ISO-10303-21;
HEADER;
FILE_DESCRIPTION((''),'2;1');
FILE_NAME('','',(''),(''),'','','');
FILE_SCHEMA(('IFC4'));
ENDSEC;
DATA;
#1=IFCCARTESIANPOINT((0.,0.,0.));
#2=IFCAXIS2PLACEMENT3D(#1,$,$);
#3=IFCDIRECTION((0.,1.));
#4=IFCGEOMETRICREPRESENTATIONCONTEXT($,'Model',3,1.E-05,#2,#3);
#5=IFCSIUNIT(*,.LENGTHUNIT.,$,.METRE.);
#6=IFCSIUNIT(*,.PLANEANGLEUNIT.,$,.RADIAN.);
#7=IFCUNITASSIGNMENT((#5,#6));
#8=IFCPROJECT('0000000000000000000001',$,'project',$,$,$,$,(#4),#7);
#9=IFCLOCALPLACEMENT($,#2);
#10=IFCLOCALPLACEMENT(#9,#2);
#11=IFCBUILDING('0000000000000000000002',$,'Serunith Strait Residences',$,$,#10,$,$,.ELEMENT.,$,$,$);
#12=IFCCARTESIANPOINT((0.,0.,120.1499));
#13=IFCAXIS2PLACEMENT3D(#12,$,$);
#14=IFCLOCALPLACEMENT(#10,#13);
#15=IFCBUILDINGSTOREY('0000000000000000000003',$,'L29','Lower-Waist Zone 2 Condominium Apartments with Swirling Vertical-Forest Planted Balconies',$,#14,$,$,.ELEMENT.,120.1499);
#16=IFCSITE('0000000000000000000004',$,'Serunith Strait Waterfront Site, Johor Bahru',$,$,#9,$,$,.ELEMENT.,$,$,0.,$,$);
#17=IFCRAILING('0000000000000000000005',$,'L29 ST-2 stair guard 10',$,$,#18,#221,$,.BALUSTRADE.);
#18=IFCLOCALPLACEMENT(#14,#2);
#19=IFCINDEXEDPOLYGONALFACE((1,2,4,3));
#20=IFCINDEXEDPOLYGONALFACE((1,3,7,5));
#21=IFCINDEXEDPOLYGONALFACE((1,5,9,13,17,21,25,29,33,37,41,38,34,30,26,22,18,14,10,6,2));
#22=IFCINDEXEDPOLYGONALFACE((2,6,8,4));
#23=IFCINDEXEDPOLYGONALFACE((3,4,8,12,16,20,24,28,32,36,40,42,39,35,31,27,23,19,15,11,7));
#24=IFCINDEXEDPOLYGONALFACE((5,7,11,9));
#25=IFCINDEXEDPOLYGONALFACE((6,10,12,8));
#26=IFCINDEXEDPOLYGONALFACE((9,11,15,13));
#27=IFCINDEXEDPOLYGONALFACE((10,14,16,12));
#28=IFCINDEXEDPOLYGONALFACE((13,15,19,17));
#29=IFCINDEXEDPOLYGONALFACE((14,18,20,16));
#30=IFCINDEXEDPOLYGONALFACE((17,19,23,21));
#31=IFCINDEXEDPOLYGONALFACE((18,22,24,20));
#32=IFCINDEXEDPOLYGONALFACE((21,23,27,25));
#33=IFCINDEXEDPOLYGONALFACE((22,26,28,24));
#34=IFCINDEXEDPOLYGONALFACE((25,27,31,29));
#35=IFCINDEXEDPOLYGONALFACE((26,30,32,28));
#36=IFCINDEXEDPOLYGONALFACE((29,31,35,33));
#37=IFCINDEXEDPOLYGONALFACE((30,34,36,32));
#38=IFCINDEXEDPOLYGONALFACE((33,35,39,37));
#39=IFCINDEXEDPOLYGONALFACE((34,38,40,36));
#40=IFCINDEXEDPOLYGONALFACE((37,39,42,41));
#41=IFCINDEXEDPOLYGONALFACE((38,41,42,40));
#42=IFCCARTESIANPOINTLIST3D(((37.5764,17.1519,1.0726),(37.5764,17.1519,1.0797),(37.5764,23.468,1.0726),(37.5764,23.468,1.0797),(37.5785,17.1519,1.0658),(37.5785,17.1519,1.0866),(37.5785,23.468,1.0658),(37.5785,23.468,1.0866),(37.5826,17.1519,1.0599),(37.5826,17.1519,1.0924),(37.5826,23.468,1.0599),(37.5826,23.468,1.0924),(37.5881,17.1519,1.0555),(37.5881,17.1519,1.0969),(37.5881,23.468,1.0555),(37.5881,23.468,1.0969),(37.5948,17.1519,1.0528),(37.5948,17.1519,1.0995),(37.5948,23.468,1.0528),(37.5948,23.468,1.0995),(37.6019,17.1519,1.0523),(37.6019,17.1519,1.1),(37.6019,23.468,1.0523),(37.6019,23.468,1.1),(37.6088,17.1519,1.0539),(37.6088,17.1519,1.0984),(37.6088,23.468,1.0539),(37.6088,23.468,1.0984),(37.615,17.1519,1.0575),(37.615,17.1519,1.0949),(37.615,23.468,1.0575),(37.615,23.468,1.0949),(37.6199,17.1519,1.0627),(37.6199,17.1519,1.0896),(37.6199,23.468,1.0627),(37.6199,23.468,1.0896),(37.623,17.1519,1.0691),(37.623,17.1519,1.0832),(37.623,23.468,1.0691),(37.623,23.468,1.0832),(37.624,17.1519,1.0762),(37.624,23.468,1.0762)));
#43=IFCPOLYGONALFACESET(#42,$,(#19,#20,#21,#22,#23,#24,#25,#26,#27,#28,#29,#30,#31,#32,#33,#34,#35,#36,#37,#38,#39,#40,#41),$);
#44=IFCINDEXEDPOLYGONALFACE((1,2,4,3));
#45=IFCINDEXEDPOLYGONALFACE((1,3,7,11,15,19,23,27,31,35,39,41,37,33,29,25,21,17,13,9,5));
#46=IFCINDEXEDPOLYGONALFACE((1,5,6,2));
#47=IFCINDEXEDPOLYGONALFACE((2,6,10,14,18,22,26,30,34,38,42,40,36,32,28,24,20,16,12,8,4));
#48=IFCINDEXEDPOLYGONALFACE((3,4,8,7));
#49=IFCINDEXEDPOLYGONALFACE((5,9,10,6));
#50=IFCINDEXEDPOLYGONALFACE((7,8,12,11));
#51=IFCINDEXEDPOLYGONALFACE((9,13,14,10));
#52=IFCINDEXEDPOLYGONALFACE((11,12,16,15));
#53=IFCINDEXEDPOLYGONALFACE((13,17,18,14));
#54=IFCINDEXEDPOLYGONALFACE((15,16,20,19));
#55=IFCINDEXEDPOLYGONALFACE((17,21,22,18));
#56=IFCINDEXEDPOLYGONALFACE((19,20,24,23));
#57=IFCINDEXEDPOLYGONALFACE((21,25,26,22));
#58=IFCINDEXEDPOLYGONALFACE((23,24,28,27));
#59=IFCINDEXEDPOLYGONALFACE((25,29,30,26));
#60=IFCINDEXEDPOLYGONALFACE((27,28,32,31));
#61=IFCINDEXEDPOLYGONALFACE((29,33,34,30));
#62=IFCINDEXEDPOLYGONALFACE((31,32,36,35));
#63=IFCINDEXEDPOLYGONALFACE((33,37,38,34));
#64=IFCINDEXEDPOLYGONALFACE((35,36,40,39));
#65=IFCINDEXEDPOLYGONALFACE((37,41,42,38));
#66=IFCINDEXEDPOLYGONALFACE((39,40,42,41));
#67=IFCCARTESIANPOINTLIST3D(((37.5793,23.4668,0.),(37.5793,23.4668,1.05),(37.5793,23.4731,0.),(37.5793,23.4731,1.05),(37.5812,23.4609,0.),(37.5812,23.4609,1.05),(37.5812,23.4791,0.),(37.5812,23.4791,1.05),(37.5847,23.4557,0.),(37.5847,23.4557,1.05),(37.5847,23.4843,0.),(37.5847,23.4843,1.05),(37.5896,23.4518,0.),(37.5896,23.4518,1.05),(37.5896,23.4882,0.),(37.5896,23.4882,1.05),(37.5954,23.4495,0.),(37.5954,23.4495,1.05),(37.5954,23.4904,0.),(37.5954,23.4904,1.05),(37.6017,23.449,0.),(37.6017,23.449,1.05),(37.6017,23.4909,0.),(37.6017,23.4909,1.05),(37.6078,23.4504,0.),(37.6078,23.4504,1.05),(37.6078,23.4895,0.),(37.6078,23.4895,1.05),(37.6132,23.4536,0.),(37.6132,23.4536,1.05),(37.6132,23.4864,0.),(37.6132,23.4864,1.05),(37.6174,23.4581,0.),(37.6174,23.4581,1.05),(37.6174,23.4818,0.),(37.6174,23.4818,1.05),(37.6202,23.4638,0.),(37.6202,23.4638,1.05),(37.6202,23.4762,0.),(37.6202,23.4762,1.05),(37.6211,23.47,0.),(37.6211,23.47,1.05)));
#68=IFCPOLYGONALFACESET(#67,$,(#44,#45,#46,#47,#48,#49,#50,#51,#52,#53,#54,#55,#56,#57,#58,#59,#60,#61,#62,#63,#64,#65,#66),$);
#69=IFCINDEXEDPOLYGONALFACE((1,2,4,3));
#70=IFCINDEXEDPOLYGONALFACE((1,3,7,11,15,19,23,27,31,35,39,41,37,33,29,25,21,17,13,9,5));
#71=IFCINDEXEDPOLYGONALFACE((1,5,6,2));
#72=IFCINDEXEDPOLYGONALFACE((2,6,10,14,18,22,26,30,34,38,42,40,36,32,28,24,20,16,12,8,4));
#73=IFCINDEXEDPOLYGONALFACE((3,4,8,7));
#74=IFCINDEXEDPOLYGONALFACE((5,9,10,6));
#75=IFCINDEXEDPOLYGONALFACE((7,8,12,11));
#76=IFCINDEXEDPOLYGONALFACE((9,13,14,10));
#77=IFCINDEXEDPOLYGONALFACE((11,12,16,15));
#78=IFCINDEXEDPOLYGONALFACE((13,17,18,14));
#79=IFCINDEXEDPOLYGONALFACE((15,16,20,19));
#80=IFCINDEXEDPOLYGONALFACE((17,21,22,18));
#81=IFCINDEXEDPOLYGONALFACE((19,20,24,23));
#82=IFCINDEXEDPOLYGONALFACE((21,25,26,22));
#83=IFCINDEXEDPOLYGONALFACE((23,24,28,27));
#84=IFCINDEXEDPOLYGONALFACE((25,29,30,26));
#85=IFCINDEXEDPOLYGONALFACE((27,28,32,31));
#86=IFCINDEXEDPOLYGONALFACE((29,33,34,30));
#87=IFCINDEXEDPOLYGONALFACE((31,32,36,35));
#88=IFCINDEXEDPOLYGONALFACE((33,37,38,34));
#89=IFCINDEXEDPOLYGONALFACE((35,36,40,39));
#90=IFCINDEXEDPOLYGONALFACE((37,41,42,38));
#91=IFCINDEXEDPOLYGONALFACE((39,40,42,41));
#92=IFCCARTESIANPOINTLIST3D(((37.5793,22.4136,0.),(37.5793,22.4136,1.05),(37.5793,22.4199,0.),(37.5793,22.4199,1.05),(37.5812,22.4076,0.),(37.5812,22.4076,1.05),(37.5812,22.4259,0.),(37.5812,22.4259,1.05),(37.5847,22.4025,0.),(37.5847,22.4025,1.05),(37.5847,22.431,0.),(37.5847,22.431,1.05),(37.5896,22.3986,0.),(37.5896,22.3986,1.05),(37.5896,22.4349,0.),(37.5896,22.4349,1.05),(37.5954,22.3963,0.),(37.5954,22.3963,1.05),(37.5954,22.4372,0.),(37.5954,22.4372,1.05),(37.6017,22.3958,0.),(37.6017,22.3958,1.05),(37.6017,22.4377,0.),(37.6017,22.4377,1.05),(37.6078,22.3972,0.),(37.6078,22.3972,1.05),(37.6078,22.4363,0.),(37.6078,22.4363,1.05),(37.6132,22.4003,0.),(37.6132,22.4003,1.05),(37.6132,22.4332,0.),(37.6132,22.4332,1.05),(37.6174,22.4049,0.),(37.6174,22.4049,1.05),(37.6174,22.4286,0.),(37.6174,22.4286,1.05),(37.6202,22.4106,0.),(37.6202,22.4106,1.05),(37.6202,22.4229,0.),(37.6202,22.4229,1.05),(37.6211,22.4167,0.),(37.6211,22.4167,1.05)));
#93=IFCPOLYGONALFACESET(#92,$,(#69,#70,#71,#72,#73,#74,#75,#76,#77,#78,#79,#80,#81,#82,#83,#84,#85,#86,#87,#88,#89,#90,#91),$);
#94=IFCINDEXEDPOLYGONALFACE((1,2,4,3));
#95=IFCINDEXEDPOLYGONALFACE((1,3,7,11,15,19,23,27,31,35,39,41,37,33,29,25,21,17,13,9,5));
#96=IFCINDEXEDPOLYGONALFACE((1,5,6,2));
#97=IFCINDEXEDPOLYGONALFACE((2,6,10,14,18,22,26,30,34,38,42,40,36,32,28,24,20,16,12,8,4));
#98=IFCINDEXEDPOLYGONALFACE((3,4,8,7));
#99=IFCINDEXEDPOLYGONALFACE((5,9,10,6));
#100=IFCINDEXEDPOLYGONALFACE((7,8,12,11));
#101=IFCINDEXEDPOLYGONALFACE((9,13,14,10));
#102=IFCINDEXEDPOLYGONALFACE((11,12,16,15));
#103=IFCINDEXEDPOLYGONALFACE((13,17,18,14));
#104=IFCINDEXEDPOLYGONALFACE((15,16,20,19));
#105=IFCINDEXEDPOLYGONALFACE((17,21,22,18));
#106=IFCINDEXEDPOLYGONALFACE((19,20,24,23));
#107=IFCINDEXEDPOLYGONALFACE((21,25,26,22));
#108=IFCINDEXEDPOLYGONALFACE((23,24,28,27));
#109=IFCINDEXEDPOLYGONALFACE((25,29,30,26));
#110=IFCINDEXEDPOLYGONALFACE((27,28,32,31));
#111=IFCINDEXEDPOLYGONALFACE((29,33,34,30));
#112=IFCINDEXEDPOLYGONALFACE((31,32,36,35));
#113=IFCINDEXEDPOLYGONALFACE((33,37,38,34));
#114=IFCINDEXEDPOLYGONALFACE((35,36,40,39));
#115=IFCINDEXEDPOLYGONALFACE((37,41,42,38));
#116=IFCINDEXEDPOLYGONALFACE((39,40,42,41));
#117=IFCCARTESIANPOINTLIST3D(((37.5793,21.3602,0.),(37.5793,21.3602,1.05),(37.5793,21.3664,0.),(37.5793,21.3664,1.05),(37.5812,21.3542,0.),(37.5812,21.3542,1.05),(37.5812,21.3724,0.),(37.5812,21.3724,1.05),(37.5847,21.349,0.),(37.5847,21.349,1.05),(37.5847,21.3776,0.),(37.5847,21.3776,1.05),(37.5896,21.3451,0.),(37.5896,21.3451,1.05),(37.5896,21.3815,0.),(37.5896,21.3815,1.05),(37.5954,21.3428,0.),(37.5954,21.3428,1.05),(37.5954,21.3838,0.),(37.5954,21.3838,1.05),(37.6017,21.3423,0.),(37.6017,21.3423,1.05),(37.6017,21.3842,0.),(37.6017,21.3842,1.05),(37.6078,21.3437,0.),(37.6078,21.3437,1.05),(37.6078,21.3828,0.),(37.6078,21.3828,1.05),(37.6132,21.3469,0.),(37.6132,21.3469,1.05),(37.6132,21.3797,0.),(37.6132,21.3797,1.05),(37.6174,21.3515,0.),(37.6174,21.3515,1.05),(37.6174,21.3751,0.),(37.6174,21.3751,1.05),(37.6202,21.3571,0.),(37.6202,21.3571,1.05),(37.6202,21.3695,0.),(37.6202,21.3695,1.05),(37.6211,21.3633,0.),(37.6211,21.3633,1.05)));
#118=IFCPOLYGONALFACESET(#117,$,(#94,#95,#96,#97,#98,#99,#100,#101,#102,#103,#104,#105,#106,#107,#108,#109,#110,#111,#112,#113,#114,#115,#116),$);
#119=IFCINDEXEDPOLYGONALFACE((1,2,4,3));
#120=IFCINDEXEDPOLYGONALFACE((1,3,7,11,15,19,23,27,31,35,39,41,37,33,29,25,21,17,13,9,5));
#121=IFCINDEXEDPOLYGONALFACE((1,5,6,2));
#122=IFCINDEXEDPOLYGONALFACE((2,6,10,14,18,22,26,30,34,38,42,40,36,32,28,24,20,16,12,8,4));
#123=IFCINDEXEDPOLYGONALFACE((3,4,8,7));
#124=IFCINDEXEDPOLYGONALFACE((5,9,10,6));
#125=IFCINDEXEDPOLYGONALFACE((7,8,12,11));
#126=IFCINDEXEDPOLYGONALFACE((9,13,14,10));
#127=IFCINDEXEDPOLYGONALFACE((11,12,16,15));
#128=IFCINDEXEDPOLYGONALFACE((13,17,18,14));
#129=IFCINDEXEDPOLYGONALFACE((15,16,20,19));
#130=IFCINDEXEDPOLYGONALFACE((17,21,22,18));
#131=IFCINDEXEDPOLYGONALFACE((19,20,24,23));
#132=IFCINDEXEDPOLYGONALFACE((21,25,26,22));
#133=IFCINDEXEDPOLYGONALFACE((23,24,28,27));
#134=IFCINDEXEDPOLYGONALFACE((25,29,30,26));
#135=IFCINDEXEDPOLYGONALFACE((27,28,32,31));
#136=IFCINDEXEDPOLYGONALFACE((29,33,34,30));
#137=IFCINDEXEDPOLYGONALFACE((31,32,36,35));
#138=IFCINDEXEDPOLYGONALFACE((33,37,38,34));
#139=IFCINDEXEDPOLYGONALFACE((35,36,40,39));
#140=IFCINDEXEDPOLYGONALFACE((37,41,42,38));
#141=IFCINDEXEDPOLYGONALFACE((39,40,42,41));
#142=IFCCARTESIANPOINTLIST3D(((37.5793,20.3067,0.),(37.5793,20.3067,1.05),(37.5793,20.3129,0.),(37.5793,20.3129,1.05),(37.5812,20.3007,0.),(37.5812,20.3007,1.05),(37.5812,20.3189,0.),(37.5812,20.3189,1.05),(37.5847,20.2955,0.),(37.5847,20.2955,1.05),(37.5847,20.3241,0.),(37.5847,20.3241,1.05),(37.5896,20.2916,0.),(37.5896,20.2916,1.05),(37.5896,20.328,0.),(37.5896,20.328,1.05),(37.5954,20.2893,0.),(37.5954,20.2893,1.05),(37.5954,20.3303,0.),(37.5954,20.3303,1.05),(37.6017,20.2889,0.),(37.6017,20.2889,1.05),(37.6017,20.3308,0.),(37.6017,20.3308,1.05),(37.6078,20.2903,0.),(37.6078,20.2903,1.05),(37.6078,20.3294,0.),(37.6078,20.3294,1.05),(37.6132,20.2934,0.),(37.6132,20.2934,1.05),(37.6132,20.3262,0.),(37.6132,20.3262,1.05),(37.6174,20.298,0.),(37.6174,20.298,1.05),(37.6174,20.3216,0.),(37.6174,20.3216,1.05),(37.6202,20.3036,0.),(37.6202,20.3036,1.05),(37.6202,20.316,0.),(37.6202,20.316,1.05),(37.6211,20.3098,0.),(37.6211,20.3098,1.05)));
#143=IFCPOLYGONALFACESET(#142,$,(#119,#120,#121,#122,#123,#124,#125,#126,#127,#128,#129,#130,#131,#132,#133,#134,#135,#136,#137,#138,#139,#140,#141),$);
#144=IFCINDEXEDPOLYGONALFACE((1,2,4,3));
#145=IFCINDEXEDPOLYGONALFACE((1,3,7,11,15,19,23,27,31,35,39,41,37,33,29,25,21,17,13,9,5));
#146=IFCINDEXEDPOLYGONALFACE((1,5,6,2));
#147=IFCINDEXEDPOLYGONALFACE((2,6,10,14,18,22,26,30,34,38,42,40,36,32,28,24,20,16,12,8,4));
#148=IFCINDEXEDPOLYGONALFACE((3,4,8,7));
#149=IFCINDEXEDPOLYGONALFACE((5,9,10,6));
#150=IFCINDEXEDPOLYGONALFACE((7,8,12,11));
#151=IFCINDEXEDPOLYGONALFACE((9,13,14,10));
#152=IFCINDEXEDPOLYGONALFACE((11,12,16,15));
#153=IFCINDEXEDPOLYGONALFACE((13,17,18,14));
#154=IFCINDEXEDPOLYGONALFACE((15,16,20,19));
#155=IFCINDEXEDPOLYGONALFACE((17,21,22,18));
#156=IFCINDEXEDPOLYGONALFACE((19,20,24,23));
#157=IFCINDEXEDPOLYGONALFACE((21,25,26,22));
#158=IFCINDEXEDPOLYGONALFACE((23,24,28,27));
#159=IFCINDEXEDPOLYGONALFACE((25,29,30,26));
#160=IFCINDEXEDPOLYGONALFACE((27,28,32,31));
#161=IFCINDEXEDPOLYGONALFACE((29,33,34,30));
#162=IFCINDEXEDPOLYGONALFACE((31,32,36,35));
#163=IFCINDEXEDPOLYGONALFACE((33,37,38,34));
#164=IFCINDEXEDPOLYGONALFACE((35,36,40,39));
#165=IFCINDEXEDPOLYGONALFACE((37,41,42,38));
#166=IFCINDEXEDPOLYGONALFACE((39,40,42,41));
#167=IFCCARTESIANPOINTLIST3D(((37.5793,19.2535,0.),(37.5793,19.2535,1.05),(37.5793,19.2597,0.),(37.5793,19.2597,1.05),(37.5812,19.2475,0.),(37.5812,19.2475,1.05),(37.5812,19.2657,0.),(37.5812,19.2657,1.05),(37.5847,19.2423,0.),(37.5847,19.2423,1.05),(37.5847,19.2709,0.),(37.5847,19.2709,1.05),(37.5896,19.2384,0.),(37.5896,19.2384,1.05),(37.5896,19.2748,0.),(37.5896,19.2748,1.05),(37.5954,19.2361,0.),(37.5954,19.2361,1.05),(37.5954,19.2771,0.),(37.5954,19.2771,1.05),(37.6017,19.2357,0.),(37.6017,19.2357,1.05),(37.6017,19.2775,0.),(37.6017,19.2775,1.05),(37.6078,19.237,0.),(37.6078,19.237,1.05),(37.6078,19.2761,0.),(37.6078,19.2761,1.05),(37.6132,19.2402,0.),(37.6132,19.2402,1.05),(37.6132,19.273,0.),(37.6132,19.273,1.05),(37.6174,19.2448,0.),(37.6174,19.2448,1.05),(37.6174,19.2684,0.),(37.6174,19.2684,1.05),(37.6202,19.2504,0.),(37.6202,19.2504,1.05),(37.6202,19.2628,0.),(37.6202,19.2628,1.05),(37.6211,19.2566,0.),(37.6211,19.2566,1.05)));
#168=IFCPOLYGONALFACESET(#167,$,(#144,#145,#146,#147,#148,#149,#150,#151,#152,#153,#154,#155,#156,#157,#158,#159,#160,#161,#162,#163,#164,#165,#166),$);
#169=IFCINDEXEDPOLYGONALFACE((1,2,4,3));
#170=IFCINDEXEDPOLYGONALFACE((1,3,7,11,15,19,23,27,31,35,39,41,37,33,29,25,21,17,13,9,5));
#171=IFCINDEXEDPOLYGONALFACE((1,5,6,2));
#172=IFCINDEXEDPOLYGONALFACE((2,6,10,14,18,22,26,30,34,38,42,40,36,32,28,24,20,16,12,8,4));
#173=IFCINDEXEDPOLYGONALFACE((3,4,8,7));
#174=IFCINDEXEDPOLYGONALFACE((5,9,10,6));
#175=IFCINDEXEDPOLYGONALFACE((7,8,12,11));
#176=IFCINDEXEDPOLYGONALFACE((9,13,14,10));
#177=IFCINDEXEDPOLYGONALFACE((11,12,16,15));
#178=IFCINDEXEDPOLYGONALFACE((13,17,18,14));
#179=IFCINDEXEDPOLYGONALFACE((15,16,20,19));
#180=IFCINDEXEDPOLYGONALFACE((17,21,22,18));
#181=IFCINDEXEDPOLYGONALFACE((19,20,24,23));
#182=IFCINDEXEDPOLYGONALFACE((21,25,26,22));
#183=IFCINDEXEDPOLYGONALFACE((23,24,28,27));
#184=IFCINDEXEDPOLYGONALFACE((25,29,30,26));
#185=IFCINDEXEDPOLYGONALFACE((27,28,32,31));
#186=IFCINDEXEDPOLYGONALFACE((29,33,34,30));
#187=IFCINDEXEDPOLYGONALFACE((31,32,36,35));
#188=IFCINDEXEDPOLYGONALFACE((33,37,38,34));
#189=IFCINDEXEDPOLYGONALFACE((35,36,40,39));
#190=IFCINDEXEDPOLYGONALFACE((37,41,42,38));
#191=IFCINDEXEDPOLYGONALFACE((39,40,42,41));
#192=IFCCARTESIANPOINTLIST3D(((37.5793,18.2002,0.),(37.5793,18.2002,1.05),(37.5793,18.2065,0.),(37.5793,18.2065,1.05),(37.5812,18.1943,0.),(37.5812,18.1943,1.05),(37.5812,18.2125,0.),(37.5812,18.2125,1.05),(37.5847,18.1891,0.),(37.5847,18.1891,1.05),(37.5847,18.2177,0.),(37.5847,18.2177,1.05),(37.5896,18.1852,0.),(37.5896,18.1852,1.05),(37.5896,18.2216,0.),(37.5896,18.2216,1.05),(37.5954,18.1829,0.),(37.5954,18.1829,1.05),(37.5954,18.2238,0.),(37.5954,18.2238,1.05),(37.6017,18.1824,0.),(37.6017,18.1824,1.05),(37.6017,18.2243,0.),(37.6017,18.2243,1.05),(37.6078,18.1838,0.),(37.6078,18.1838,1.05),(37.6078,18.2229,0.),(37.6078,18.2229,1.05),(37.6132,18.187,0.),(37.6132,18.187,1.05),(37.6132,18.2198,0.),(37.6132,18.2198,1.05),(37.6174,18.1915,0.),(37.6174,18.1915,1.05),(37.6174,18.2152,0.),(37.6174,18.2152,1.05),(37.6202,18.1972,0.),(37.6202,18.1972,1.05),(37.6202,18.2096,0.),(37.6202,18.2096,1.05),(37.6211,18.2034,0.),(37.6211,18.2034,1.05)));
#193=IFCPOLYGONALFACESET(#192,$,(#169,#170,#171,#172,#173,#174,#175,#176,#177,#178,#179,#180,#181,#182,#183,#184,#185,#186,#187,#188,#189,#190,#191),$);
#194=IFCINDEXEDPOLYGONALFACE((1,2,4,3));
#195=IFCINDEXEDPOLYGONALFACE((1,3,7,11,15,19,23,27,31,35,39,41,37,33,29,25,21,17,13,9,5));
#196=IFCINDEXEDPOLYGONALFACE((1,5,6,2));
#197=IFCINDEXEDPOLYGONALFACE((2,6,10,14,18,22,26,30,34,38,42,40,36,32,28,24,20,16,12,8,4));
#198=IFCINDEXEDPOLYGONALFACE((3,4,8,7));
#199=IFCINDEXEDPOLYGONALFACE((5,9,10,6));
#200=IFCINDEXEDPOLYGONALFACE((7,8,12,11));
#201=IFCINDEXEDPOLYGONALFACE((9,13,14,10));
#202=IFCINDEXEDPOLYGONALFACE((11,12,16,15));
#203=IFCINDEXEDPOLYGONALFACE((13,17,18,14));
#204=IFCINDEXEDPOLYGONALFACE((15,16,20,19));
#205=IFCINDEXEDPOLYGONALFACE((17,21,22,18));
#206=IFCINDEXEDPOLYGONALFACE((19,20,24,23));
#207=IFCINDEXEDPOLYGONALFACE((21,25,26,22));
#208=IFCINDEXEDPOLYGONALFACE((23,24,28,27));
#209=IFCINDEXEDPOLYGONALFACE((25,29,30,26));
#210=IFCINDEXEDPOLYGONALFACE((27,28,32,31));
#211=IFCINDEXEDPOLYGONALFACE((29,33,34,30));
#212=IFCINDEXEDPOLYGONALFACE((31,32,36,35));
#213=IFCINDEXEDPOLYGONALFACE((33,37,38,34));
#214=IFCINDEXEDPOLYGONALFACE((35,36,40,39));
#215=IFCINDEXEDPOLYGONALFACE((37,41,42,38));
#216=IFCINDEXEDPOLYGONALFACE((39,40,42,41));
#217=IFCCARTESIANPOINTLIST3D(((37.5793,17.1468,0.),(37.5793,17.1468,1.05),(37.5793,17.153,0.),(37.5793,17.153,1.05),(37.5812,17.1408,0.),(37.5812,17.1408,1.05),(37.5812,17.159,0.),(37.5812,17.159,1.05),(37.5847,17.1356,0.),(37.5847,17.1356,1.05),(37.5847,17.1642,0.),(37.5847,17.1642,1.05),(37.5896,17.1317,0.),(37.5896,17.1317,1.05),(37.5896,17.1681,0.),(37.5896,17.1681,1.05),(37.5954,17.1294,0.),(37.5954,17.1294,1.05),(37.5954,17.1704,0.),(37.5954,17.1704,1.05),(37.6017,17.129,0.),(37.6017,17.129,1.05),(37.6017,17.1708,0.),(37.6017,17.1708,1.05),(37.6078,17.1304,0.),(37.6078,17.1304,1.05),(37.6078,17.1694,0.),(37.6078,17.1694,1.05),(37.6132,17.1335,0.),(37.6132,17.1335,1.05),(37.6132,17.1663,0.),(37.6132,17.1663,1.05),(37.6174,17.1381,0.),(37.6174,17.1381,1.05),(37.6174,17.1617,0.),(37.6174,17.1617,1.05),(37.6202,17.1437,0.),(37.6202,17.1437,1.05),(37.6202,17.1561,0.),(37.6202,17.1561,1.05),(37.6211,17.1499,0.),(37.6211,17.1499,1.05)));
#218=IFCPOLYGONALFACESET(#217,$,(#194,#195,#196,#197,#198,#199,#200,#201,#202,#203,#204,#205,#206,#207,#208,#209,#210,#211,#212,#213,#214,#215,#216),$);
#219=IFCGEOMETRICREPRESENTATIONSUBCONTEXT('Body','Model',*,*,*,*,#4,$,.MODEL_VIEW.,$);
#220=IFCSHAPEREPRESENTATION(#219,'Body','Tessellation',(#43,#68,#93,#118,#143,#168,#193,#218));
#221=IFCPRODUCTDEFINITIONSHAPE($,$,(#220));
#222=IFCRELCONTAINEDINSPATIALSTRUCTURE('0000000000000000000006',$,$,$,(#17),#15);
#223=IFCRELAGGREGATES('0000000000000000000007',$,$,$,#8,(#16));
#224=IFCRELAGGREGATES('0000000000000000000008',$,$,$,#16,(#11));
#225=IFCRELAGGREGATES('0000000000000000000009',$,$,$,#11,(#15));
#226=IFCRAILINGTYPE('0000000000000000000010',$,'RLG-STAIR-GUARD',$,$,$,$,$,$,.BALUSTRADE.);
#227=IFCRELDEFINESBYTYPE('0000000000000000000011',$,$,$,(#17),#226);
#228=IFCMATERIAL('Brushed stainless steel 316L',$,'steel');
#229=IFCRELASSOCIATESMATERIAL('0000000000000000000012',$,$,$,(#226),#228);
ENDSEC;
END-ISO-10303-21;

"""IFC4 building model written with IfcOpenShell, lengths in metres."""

from ifc_helpers import new_model, si_unit, direction, frame, origin, origin_2d, place, context, subcontext, project, spatial, circle, extrude, material, type_object, element, save


model = new_model("IFC4")

# Units and contexts
model_context = context("Model", 3, precision=1e-05, world=origin(), true_north=direction((0.0, 1.0)))
body_context = subcontext(model_context, "Body", "Model", "MODEL_VIEW")
ifc_project = project(units=[si_unit("LENGTHUNIT", "METRE"), si_unit("PLANEANGLEUNIT", "RADIAN")], contexts=[model_context])

# Site, building, storey
site_placement = place(None, origin())
site = spatial("IfcSite", under=ifc_project, at=site_placement, Name="Serunith Strait Waterfront Site, Johor Bahru", CompositionType="ELEMENT", RefElevation=0.0)
building_placement = place(site_placement, origin())
building = spatial("IfcBuilding", under=site, at=building_placement, Name="Serunith Strait Residences", CompositionType="ELEMENT")
storey_placement = place(building_placement, frame((0.0, 0.0, 120.1499)))
storey = spatial("IfcBuildingStorey", under=building, at=storey_placement, Name="L29", Description="Lower-Waist Zone 2 Condominium Apartments with Swirling Vertical-Forest Planted Balconies", CompositionType="ELEMENT", Elevation=120.1499)

# Railing
ifc_material_1 = material(Name="Brushed stainless steel 316L", Category="steel")
railing_type_1 = type_object("IfcRailingType", Name="RLG-STAIR-GUARD", PredefinedType="BALUSTRADE", material=ifc_material_1)
railing_1_placement = place(storey_placement, frame((37.6001, 23.47, 0.0)))
element("IfcRailing", 1, at=railing_1_placement, inside=storey, type_object=railing_type_1, Name="L29 ST-2 stair guard 10", PredefinedType="BALUSTRADE", context=body_context, shape_type="SweptSolid", body=[
    extrude(circle(Radius=0.0239, at=origin_2d()), frame((0.0, -0.002, 1.0762), z_axis=(0.0, -1.0, 0.0), x_axis=(1.0, 0.0, 0.0)), (0.0, 0.0, 1.0), 6.3162),
    extrude(circle(Radius=0.021, at=origin_2d()), origin(), (0.0, 0.0, 1.0), 1.05),
    extrude(circle(Radius=0.021, at=origin_2d()), frame((0.0, -1.0532, 0.0)), (0.0, 0.0, 1.0), 1.05),
    extrude(circle(Radius=0.021, at=origin_2d()), frame((0.0, -2.1067, 0.0)), (0.0, 0.0, 1.0), 1.05),
    extrude(circle(Radius=0.021, at=origin_2d()), frame((0.0, -3.1602, 0.0)), (0.0, 0.0, 1.0), 1.05),
    extrude(circle(Radius=0.021, at=origin_2d()), frame((0.0, -4.2134, 0.0)), (0.0, 0.0, 1.0), 1.05),
    extrude(circle(Radius=0.021, at=origin_2d()), frame((0.0, -5.2666, 0.0)), (0.0, 0.0, 1.0), 1.05),
    extrude(circle(Radius=0.021, at=origin_2d()), frame((0.0, -6.3201, 0.0)), (0.0, 0.0, 1.0), 1.05),
])

save(model, "model.ifc")
